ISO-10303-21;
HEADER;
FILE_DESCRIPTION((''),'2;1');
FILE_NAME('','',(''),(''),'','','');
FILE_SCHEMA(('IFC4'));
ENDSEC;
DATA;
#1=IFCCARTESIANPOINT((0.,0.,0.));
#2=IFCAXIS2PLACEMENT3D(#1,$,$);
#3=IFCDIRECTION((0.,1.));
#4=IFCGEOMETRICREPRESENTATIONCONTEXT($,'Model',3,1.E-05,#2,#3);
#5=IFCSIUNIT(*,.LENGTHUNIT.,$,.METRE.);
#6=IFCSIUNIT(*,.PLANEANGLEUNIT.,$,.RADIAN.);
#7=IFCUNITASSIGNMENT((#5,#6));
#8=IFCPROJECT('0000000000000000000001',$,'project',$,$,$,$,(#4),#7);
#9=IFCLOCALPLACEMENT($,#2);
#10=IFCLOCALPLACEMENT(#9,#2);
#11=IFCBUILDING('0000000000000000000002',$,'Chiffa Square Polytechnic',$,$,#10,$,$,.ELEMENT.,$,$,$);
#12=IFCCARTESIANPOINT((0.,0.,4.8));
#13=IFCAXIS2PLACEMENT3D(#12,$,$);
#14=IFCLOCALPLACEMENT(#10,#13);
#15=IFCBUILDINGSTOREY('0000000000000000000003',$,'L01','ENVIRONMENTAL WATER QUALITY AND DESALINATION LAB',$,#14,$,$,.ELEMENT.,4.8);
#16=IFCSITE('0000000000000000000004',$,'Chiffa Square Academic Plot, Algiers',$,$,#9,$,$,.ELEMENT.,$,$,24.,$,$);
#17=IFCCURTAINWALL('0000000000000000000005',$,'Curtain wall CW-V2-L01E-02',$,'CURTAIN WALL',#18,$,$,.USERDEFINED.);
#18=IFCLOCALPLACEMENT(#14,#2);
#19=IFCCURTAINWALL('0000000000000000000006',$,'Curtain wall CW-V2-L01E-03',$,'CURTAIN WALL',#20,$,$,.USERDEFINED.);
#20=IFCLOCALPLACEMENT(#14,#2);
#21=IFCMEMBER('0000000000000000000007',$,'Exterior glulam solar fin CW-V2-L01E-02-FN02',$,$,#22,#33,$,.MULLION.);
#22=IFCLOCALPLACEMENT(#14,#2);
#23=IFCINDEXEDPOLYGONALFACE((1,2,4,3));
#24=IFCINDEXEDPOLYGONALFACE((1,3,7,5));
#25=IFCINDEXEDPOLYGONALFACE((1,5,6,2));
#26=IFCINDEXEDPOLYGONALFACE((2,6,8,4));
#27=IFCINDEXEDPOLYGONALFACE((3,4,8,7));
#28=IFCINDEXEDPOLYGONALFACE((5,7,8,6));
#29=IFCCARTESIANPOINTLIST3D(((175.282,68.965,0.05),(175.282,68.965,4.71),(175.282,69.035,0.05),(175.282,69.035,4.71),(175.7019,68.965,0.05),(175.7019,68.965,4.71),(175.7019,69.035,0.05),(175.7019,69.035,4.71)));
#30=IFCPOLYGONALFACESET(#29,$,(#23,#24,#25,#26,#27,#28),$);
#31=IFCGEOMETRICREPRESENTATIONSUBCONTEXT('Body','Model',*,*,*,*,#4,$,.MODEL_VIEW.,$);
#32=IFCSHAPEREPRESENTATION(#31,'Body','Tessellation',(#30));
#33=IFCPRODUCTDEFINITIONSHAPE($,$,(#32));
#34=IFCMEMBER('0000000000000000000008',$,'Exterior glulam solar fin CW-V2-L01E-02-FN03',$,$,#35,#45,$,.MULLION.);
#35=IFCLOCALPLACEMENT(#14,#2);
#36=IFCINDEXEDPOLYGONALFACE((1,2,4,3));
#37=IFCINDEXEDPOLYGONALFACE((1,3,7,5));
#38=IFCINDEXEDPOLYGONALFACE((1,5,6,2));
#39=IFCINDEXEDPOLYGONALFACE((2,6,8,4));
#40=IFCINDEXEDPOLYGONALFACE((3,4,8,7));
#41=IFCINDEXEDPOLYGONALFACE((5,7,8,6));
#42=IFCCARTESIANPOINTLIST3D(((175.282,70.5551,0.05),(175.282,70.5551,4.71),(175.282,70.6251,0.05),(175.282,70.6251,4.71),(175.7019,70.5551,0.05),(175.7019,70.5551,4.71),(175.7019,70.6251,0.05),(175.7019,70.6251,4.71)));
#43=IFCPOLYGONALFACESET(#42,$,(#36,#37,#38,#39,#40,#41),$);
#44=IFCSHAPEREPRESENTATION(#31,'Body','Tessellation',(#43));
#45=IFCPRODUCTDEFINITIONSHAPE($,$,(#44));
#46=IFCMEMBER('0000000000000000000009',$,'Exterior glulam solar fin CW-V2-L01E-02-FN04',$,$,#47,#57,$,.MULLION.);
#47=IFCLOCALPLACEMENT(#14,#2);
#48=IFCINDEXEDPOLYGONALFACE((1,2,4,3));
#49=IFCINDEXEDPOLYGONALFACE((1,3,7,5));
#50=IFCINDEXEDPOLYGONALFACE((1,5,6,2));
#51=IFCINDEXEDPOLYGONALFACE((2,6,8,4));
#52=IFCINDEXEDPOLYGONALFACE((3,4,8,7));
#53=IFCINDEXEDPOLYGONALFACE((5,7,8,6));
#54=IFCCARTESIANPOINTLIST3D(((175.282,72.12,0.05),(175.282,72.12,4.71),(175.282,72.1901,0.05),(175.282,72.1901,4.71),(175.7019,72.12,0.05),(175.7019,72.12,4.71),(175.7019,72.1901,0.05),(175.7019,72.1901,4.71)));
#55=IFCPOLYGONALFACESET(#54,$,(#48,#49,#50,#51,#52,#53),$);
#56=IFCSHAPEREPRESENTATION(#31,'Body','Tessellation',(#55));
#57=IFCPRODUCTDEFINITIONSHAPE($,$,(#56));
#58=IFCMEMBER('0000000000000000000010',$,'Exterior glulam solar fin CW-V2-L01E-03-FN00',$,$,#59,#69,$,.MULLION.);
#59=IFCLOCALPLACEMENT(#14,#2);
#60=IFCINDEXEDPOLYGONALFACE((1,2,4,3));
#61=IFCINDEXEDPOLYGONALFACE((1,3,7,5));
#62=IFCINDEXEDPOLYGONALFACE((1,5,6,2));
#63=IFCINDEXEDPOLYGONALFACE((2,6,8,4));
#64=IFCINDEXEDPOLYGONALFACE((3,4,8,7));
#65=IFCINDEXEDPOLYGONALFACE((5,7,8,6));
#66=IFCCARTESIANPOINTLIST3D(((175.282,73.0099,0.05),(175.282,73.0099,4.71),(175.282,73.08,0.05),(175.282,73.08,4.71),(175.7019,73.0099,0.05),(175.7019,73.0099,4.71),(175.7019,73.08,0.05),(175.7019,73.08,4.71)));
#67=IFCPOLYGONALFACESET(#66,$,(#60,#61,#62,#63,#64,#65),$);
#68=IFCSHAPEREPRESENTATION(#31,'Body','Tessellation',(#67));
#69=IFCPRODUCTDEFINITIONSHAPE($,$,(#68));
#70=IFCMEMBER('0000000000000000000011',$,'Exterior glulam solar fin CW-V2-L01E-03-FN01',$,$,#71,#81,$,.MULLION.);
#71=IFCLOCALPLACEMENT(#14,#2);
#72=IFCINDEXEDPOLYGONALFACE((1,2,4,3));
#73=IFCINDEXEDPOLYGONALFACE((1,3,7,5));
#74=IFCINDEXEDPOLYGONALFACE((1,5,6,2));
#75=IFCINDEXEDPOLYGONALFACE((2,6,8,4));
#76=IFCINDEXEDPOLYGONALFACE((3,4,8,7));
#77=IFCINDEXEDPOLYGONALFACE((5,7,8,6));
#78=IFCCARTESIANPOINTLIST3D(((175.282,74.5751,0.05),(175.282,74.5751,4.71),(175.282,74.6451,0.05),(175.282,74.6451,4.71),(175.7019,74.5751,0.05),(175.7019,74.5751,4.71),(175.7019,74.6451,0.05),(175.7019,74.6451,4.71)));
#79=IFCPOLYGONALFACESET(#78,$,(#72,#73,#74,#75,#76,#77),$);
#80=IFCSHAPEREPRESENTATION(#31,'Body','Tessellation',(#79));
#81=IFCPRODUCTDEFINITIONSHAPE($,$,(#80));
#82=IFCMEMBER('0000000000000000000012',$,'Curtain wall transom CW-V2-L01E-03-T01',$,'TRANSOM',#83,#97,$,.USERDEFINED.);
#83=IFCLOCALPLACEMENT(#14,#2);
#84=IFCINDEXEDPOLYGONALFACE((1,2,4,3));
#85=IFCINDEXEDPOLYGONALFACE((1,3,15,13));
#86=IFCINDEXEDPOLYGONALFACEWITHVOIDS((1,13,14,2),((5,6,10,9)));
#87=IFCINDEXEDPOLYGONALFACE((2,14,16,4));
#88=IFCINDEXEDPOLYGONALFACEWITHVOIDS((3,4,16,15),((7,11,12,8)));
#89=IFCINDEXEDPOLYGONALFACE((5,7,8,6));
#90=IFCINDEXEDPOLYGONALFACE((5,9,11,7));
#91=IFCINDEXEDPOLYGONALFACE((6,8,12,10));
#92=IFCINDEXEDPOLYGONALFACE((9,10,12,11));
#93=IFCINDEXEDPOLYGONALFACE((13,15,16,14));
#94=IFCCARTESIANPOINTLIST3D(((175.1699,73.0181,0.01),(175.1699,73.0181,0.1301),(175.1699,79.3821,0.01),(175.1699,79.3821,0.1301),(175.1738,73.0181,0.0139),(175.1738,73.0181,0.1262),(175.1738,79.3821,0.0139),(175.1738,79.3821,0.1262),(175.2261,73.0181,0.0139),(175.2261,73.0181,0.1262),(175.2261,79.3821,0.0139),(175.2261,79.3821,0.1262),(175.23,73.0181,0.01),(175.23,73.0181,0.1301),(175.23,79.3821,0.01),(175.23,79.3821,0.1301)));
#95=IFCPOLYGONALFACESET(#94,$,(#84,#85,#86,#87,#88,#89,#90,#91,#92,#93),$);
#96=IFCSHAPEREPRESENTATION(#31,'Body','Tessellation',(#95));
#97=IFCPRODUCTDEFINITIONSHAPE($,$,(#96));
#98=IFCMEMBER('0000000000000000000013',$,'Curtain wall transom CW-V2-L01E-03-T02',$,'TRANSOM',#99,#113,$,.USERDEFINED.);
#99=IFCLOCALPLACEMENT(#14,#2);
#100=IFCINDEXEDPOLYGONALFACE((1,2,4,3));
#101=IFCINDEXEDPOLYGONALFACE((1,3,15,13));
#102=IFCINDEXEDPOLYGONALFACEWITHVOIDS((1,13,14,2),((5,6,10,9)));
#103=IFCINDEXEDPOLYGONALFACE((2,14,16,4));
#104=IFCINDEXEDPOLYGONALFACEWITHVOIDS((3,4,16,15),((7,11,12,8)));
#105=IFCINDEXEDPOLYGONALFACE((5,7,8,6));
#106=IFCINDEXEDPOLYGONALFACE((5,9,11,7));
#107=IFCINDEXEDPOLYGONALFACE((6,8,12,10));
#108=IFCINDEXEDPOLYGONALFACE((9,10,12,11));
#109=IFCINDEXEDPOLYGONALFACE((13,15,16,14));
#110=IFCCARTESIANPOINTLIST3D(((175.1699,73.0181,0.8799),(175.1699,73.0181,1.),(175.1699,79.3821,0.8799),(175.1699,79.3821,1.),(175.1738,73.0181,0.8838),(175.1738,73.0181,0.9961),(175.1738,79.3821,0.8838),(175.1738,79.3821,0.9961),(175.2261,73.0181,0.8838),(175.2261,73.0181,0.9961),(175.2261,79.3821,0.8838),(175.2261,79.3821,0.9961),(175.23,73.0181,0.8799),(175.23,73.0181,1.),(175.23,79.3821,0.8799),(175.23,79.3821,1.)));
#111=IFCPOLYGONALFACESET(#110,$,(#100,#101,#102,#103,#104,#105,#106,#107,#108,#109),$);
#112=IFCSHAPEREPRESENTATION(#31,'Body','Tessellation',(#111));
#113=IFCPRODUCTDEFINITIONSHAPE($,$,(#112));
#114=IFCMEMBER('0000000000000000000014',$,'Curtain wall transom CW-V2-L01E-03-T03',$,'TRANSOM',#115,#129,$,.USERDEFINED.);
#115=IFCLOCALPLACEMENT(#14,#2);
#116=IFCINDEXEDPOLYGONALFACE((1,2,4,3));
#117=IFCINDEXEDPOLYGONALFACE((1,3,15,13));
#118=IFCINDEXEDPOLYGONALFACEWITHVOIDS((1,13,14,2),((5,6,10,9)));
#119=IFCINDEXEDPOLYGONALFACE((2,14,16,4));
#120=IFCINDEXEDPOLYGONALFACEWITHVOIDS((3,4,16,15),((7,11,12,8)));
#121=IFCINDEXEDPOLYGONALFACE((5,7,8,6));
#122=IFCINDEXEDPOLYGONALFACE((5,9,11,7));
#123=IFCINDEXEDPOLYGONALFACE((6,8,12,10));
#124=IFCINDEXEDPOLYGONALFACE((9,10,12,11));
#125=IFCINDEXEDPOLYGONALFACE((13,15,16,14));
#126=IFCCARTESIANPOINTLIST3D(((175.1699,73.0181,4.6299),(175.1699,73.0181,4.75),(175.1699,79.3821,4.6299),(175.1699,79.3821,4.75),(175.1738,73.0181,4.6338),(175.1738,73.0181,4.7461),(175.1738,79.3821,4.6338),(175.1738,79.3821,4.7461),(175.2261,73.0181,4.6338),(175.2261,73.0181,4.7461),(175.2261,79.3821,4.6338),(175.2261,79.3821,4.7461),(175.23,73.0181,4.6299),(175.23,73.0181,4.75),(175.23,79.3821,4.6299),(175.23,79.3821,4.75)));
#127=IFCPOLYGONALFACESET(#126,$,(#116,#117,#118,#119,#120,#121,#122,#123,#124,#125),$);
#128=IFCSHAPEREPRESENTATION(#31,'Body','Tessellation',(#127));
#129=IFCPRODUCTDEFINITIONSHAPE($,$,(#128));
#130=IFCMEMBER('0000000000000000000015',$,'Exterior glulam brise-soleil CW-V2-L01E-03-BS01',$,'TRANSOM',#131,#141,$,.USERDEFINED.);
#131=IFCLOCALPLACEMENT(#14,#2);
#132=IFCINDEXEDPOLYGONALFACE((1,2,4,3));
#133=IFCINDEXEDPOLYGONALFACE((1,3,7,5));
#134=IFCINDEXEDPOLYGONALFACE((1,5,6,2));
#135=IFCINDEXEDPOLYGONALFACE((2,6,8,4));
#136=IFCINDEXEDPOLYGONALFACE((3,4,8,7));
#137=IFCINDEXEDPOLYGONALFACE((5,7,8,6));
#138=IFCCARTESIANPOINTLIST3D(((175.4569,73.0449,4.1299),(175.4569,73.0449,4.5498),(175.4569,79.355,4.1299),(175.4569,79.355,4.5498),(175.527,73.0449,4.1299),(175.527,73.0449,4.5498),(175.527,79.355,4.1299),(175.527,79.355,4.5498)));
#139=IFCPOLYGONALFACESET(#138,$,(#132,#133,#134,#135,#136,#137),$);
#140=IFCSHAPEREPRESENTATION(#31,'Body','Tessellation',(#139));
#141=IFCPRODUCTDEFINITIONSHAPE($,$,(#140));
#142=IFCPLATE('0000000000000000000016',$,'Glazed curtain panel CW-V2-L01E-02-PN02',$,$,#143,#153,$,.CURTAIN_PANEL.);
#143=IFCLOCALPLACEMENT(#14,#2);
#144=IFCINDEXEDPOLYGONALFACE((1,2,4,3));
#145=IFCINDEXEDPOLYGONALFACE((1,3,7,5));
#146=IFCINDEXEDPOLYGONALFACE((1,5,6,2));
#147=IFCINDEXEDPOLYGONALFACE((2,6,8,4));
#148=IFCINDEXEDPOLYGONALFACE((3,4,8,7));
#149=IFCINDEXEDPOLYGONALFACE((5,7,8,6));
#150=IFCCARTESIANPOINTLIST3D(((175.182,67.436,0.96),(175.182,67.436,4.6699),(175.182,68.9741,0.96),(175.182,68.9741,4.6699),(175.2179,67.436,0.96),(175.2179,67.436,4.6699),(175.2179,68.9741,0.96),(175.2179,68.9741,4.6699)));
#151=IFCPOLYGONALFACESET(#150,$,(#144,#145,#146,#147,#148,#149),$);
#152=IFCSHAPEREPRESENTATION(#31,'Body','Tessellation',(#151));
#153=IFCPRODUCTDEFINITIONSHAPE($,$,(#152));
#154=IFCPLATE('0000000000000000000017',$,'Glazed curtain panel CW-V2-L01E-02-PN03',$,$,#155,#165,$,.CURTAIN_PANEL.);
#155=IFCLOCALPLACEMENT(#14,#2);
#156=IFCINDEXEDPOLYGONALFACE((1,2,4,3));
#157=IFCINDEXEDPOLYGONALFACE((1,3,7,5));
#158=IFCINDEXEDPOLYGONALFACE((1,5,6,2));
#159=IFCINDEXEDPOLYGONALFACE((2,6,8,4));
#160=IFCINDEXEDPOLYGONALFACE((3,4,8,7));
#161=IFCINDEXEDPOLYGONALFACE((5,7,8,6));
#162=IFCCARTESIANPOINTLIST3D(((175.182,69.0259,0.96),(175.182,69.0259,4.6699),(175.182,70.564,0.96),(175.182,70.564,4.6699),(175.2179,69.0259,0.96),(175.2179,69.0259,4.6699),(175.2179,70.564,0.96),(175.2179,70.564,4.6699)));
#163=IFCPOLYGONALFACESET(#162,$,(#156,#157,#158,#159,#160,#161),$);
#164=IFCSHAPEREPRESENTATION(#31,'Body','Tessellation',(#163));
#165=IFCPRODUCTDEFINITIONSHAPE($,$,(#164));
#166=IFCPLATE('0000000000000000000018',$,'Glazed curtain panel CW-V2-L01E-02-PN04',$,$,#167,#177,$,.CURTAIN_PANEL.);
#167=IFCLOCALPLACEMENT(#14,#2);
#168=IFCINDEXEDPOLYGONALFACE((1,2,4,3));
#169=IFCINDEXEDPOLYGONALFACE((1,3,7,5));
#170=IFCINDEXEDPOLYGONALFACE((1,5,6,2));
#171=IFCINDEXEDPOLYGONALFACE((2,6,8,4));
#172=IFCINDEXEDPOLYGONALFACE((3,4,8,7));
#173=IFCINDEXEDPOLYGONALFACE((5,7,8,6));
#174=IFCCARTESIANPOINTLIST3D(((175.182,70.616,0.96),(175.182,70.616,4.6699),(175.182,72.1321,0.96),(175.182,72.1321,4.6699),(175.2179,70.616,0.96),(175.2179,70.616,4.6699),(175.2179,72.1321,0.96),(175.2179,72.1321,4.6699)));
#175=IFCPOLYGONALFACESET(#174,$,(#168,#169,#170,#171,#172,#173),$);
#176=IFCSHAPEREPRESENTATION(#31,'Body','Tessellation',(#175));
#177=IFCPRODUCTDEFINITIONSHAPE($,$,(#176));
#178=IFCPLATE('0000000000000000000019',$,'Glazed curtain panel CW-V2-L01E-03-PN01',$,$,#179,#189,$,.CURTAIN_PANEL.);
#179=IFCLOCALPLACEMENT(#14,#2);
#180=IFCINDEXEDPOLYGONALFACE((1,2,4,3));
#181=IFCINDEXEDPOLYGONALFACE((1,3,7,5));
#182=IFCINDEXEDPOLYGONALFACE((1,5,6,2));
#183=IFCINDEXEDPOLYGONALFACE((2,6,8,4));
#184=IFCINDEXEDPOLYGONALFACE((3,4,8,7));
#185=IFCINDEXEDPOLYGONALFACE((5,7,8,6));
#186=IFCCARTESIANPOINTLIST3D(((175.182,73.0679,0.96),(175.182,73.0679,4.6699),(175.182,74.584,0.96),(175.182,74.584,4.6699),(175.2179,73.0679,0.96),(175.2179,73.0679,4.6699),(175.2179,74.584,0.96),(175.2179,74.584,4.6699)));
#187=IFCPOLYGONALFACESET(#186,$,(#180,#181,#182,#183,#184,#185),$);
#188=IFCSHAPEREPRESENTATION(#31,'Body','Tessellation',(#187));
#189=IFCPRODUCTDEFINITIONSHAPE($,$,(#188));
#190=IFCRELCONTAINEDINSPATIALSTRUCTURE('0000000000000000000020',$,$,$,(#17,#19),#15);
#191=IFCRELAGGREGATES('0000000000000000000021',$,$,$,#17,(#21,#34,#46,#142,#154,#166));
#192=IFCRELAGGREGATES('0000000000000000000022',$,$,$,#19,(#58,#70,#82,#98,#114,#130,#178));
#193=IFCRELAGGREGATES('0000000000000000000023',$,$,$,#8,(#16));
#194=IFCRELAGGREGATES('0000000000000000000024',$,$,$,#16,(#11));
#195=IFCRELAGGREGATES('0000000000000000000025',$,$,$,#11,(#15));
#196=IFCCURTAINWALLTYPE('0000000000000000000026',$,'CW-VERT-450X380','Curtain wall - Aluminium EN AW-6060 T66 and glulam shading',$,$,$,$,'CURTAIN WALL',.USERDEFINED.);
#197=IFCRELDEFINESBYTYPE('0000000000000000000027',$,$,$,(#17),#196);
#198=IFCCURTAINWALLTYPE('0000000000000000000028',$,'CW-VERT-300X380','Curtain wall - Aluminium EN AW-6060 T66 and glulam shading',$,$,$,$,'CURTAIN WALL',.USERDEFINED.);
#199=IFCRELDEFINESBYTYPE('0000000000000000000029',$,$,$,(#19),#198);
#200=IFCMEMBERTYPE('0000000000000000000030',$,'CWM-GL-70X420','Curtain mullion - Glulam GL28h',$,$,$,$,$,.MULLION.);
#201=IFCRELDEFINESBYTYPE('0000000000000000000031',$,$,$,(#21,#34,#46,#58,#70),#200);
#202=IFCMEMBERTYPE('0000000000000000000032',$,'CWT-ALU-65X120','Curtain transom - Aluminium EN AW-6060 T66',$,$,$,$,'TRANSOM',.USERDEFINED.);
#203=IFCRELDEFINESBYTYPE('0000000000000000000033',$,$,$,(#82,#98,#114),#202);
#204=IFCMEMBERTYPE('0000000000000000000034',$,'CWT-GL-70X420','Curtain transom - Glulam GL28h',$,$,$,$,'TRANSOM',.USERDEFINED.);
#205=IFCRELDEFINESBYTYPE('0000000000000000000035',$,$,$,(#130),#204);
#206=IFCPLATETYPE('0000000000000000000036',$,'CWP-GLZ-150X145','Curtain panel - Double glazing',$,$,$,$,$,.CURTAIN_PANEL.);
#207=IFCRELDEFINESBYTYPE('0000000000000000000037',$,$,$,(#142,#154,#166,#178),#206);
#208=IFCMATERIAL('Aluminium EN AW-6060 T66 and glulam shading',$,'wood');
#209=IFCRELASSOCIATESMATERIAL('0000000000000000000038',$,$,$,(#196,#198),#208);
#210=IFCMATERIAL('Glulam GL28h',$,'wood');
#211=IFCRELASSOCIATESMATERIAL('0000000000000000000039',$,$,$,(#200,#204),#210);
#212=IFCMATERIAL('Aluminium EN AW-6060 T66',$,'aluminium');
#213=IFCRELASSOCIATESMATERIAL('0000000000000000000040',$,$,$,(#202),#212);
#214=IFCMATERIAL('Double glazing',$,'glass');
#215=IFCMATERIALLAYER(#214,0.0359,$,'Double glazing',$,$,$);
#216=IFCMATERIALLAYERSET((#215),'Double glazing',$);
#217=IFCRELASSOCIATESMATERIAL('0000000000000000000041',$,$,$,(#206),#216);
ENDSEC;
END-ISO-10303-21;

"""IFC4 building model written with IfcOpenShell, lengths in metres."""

from ifc_helpers import new_model, si_unit, direction, frame, origin, origin_2d, place, context, subcontext, project, spatial, rectangle, hollow_rectangle, extrude, material, layer, layer_set, material_profile, profile_set, type_object, element, aggregate, save


model = new_model("IFC4")

# Units and contexts
model_context = context("Model", 3, precision=1e-05, world=origin(), true_north=direction((0.0, 1.0)))
body_context = subcontext(model_context, "Body", "Model", "MODEL_VIEW")
ifc_project = project(units=[si_unit("LENGTHUNIT", "METRE"), si_unit("PLANEANGLEUNIT", "RADIAN")], contexts=[model_context])

# Site, building, storey
site_placement = place(None, origin())
site = spatial("IfcSite", under=ifc_project, at=site_placement, Name="Chiffa Square Academic Plot, Algiers", CompositionType="ELEMENT", RefElevation=24.0)
building_placement = place(site_placement, origin())
building = spatial("IfcBuilding", under=site, at=building_placement, Name="Chiffa Square Polytechnic", CompositionType="ELEMENT")
storey_placement = place(building_placement, frame((0.0, 0.0, 4.8)))
storey = spatial("IfcBuildingStorey", under=building, at=storey_placement, Name="L01", Description="ENVIRONMENTAL WATER QUALITY AND DESALINATION LAB", CompositionType="ELEMENT", Elevation=4.8)

# Curtain walls
ifc_material_1 = material(Name="Aluminium EN AW-6060 T66 and glulam shading", Category="wood")
curtain_wall_type_1 = type_object("IfcCurtainWallType", Name="CW-VERT-450X380", Description="Curtain wall - Aluminium EN AW-6060 T66 and glulam shading", ElementType="CURTAIN WALL", PredefinedType="USERDEFINED", material=ifc_material_1)
curtain_wall_1_placement = place(storey_placement, origin())
curtain_wall_1 = element("IfcCurtainWall", 1, at=curtain_wall_1_placement, inside=storey, type_object=curtain_wall_type_1, Name="Curtain wall CW-V2-L01E-02", ObjectType="CURTAIN WALL", PredefinedType="USERDEFINED")
ifc_material_2 = material(Name="Aluminium EN AW-6060 T66", Category="aluminium")
curtain_wall_type_2 = type_object("IfcCurtainWallType", Name="CW-VERT-300X380", Description="Curtain wall - Aluminium EN AW-6060 T66 and glulam shading", ElementType="CURTAIN WALL", PredefinedType="USERDEFINED", material=ifc_material_1)
curtain_wall_2_placement = place(storey_placement, origin())
curtain_wall_2 = element("IfcCurtainWall", 2, at=curtain_wall_2_placement, inside=storey, type_object=curtain_wall_type_2, Name="Curtain wall CW-V2-L01E-03", ObjectType="CURTAIN WALL", PredefinedType="USERDEFINED")

# Members
ifc_material_3 = material(Name="Glulam GL28h", Category="wood")
ifc_material_profile_1 = material_profile(ifc_material_3, rectangle(XDim=0.0701, YDim=0.4199, at=origin_2d()), Name="GL28h 70x420")
ifc_profile_set_1 = profile_set([ifc_material_profile_1], Name="Glulam GL28h")
member_type_1 = type_object("IfcMemberType", Name="CWM-GL-70X420", Description="Curtain mullion - Glulam GL28h", PredefinedType="MULLION", material=ifc_profile_set_1)
member_1_placement = place(storey_placement, frame((175.4919, 69.0, 0.05), z_axis=(0.0, 0.0, 1.0), x_axis=(0.0, 1.0, 0.0)))
member_1 = element("IfcMember", 3, at=member_1_placement, type_object=member_type_1, Name="Exterior glulam solar fin CW-V2-L01E-02-FN02", PredefinedType="MULLION", context=body_context, shape_type="SweptSolid", body=[
    extrude(rectangle(XDim=0.0701, YDim=0.4199, at=origin_2d()), origin(), (0.0, 0.0, 1.0), 4.6599),
])
member_2_placement = place(storey_placement, frame((175.4919, 70.5901, 0.05), z_axis=(0.0, 0.0, 1.0), x_axis=(0.0, 1.0, 0.0)))
member_2 = element("IfcMember", 4, at=member_2_placement, type_object=member_type_1, Name="Exterior glulam solar fin CW-V2-L01E-02-FN03", PredefinedType="MULLION", context=body_context, shape_type="SweptSolid", body=[
    extrude(rectangle(XDim=0.0701, YDim=0.4199, at=origin_2d()), origin(), (0.0, 0.0, 1.0), 4.6599),
])
member_3_placement = place(storey_placement, frame((175.4919, 72.155, 0.05), z_axis=(0.0, 0.0, 1.0), x_axis=(0.0, 1.0, 0.0)))
member_3 = element("IfcMember", 5, at=member_3_placement, type_object=member_type_1, Name="Exterior glulam solar fin CW-V2-L01E-02-FN04", PredefinedType="MULLION", context=body_context, shape_type="SweptSolid", body=[
    extrude(rectangle(XDim=0.0701, YDim=0.4199, at=origin_2d()), origin(), (0.0, 0.0, 1.0), 4.6599),
])
member_4_placement = place(storey_placement, frame((175.4919, 73.0449, 0.05), z_axis=(0.0, 0.0, 1.0), x_axis=(0.0, 1.0, 0.0)))
member_4 = element("IfcMember", 6, at=member_4_placement, type_object=member_type_1, Name="Exterior glulam solar fin CW-V2-L01E-03-FN00", PredefinedType="MULLION", context=body_context, shape_type="SweptSolid", body=[
    extrude(rectangle(XDim=0.0701, YDim=0.4199, at=origin_2d()), origin(), (0.0, 0.0, 1.0), 4.6599),
])
member_5_placement = place(storey_placement, frame((175.4919, 74.6101, 0.05), z_axis=(0.0, 0.0, 1.0), x_axis=(0.0, 1.0, 0.0)))
member_5 = element("IfcMember", 7, at=member_5_placement, type_object=member_type_1, Name="Exterior glulam solar fin CW-V2-L01E-03-FN01", PredefinedType="MULLION", context=body_context, shape_type="SweptSolid", body=[
    extrude(rectangle(XDim=0.0701, YDim=0.4199, at=origin_2d()), origin(), (0.0, 0.0, 1.0), 4.6599),
])
ifc_material_profile_2 = material_profile(ifc_material_2, hollow_rectangle(XDim=0.0601, YDim=0.1201, WallThickness=0.0039, at=origin_2d()), Name="ALU 60x120x4")
ifc_profile_set_2 = profile_set([ifc_material_profile_2], Name="Aluminium EN AW-6060 T66")
member_type_2 = type_object("IfcMemberType", Name="CWT-ALU-65X120", Description="Curtain transom - Aluminium EN AW-6060 T66", ElementType="TRANSOM", PredefinedType="USERDEFINED", material=ifc_profile_set_2)
member_6_placement = place(storey_placement, frame((175.2, 73.0181, 0.0701), z_axis=(0.0, 1.0, 0.0), x_axis=(-1.0, 0.0, 0.0)))
member_6 = element("IfcMember", 8, at=member_6_placement, type_object=member_type_2, Name="Curtain wall transom CW-V2-L01E-03-T01", ObjectType="TRANSOM", PredefinedType="USERDEFINED", context=body_context, shape_type="SweptSolid", body=[
    extrude(hollow_rectangle(XDim=0.0601, YDim=0.1201, WallThickness=0.0039, at=origin_2d()), origin(), (0.0, 0.0, 1.0), 6.364),
])
member_7_placement = place(storey_placement, frame((175.2, 73.0181, 0.9399), z_axis=(0.0, 1.0, 0.0), x_axis=(-1.0, 0.0, 0.0)))
member_7 = element("IfcMember", 9, at=member_7_placement, type_object=member_type_2, Name="Curtain wall transom CW-V2-L01E-03-T02", ObjectType="TRANSOM", PredefinedType="USERDEFINED", context=body_context, shape_type="SweptSolid", body=[
    extrude(hollow_rectangle(XDim=0.0601, YDim=0.1201, WallThickness=0.0039, at=origin_2d()), origin(), (0.0, 0.0, 1.0), 6.364),
])
member_8_placement = place(storey_placement, frame((175.2, 73.0181, 4.6899), z_axis=(0.0, 1.0, 0.0), x_axis=(-1.0, 0.0, 0.0)))
member_8 = element("IfcMember", 10, at=member_8_placement, type_object=member_type_2, Name="Curtain wall transom CW-V2-L01E-03-T03", ObjectType="TRANSOM", PredefinedType="USERDEFINED", context=body_context, shape_type="SweptSolid", body=[
    extrude(hollow_rectangle(XDim=0.0601, YDim=0.1201, WallThickness=0.0039, at=origin_2d()), origin(), (0.0, 0.0, 1.0), 6.364),
])
ifc_material_profile_3 = material_profile(ifc_material_3, rectangle(XDim=0.0701, YDim=0.4199, at=origin_2d()), Name="GL28h 70x420")
ifc_profile_set_3 = profile_set([ifc_material_profile_3], Name="Glulam GL28h")
member_type_3 = type_object("IfcMemberType", Name="CWT-GL-70X420", Description="Curtain transom - Glulam GL28h", ElementType="TRANSOM", PredefinedType="USERDEFINED", material=ifc_profile_set_3)
member_9_placement = place(storey_placement, frame((175.4919, 73.0449, 4.3398), z_axis=(0.0, 1.0, 0.0), x_axis=(-1.0, 0.0, 0.0)))
member_9 = element("IfcMember", 11, at=member_9_placement, type_object=member_type_3, Name="Exterior glulam brise-soleil CW-V2-L01E-03-BS01", ObjectType="TRANSOM", PredefinedType="USERDEFINED", context=body_context, shape_type="SweptSolid", body=[
    extrude(rectangle(XDim=0.0701, YDim=0.4199, at=origin_2d()), origin(), (0.0, 0.0, 1.0), 6.3101),
])

# Plates
ifc_material_4 = material(Name="Double glazing", Category="glass")
ifc_layer_1 = layer(ifc_material_4, 0.0359, Name="Double glazing")
ifc_layer_set_1 = layer_set([ifc_layer_1], Name="Double glazing")
plate_type_1 = type_object("IfcPlateType", Name="CWP-GLZ-150X145", Description="Curtain panel - Double glazing", PredefinedType="CURTAIN_PANEL", material=ifc_layer_set_1)
plate_1_placement = place(storey_placement, frame((175.2, 68.2051, 0.96), z_axis=(0.0, 0.0, 1.0), x_axis=(0.0, 1.0, 0.0)))
plate_1 = element("IfcPlate", 12, at=plate_1_placement, type_object=plate_type_1, Name="Glazed curtain panel CW-V2-L01E-02-PN02", PredefinedType="CURTAIN_PANEL", context=body_context, shape_type="SweptSolid", body=[
    extrude(rectangle(XDim=1.5381, YDim=0.0359, at=origin_2d()), origin(), (0.0, 0.0, 1.0), 3.71),
])
plate_2_placement = place(storey_placement, frame((175.2, 69.7949, 0.96), z_axis=(0.0, 0.0, 1.0), x_axis=(0.0, 1.0, 0.0)))
plate_2 = element("IfcPlate", 13, at=plate_2_placement, type_object=plate_type_1, Name="Glazed curtain panel CW-V2-L01E-02-PN03", PredefinedType="CURTAIN_PANEL", context=body_context, shape_type="SweptSolid", body=[
    extrude(rectangle(XDim=1.5381, YDim=0.0359, at=origin_2d()), origin(), (0.0, 0.0, 1.0), 3.71),
])
plate_3_placement = place(storey_placement, frame((175.2, 71.374, 0.96), z_axis=(0.0, 0.0, 1.0), x_axis=(0.0, 1.0, 0.0)))
plate_3 = element("IfcPlate", 14, at=plate_3_placement, type_object=plate_type_1, Name="Glazed curtain panel CW-V2-L01E-02-PN04", PredefinedType="CURTAIN_PANEL", context=body_context, shape_type="SweptSolid", body=[
    extrude(rectangle(XDim=1.5161, YDim=0.0359, at=origin_2d()), origin(), (0.0, 0.0, 1.0), 3.71),
])
plate_4_placement = place(storey_placement, frame((175.2, 73.8259, 0.96), z_axis=(0.0, 0.0, 1.0), x_axis=(0.0, 1.0, 0.0)))
plate_4 = element("IfcPlate", 15, at=plate_4_placement, type_object=plate_type_1, Name="Glazed curtain panel CW-V2-L01E-03-PN01", PredefinedType="CURTAIN_PANEL", context=body_context, shape_type="SweptSolid", body=[
    extrude(rectangle(XDim=1.5161, YDim=0.0359, at=origin_2d()), origin(), (0.0, 0.0, 1.0), 3.71),
])
aggregate(curtain_wall_1, [member_1, member_2, member_3, plate_1, plate_2, plate_3])
aggregate(curtain_wall_2, [member_4, member_5, member_6, member_7, member_8, member_9, plate_4])

save(model, "model.ifc")
